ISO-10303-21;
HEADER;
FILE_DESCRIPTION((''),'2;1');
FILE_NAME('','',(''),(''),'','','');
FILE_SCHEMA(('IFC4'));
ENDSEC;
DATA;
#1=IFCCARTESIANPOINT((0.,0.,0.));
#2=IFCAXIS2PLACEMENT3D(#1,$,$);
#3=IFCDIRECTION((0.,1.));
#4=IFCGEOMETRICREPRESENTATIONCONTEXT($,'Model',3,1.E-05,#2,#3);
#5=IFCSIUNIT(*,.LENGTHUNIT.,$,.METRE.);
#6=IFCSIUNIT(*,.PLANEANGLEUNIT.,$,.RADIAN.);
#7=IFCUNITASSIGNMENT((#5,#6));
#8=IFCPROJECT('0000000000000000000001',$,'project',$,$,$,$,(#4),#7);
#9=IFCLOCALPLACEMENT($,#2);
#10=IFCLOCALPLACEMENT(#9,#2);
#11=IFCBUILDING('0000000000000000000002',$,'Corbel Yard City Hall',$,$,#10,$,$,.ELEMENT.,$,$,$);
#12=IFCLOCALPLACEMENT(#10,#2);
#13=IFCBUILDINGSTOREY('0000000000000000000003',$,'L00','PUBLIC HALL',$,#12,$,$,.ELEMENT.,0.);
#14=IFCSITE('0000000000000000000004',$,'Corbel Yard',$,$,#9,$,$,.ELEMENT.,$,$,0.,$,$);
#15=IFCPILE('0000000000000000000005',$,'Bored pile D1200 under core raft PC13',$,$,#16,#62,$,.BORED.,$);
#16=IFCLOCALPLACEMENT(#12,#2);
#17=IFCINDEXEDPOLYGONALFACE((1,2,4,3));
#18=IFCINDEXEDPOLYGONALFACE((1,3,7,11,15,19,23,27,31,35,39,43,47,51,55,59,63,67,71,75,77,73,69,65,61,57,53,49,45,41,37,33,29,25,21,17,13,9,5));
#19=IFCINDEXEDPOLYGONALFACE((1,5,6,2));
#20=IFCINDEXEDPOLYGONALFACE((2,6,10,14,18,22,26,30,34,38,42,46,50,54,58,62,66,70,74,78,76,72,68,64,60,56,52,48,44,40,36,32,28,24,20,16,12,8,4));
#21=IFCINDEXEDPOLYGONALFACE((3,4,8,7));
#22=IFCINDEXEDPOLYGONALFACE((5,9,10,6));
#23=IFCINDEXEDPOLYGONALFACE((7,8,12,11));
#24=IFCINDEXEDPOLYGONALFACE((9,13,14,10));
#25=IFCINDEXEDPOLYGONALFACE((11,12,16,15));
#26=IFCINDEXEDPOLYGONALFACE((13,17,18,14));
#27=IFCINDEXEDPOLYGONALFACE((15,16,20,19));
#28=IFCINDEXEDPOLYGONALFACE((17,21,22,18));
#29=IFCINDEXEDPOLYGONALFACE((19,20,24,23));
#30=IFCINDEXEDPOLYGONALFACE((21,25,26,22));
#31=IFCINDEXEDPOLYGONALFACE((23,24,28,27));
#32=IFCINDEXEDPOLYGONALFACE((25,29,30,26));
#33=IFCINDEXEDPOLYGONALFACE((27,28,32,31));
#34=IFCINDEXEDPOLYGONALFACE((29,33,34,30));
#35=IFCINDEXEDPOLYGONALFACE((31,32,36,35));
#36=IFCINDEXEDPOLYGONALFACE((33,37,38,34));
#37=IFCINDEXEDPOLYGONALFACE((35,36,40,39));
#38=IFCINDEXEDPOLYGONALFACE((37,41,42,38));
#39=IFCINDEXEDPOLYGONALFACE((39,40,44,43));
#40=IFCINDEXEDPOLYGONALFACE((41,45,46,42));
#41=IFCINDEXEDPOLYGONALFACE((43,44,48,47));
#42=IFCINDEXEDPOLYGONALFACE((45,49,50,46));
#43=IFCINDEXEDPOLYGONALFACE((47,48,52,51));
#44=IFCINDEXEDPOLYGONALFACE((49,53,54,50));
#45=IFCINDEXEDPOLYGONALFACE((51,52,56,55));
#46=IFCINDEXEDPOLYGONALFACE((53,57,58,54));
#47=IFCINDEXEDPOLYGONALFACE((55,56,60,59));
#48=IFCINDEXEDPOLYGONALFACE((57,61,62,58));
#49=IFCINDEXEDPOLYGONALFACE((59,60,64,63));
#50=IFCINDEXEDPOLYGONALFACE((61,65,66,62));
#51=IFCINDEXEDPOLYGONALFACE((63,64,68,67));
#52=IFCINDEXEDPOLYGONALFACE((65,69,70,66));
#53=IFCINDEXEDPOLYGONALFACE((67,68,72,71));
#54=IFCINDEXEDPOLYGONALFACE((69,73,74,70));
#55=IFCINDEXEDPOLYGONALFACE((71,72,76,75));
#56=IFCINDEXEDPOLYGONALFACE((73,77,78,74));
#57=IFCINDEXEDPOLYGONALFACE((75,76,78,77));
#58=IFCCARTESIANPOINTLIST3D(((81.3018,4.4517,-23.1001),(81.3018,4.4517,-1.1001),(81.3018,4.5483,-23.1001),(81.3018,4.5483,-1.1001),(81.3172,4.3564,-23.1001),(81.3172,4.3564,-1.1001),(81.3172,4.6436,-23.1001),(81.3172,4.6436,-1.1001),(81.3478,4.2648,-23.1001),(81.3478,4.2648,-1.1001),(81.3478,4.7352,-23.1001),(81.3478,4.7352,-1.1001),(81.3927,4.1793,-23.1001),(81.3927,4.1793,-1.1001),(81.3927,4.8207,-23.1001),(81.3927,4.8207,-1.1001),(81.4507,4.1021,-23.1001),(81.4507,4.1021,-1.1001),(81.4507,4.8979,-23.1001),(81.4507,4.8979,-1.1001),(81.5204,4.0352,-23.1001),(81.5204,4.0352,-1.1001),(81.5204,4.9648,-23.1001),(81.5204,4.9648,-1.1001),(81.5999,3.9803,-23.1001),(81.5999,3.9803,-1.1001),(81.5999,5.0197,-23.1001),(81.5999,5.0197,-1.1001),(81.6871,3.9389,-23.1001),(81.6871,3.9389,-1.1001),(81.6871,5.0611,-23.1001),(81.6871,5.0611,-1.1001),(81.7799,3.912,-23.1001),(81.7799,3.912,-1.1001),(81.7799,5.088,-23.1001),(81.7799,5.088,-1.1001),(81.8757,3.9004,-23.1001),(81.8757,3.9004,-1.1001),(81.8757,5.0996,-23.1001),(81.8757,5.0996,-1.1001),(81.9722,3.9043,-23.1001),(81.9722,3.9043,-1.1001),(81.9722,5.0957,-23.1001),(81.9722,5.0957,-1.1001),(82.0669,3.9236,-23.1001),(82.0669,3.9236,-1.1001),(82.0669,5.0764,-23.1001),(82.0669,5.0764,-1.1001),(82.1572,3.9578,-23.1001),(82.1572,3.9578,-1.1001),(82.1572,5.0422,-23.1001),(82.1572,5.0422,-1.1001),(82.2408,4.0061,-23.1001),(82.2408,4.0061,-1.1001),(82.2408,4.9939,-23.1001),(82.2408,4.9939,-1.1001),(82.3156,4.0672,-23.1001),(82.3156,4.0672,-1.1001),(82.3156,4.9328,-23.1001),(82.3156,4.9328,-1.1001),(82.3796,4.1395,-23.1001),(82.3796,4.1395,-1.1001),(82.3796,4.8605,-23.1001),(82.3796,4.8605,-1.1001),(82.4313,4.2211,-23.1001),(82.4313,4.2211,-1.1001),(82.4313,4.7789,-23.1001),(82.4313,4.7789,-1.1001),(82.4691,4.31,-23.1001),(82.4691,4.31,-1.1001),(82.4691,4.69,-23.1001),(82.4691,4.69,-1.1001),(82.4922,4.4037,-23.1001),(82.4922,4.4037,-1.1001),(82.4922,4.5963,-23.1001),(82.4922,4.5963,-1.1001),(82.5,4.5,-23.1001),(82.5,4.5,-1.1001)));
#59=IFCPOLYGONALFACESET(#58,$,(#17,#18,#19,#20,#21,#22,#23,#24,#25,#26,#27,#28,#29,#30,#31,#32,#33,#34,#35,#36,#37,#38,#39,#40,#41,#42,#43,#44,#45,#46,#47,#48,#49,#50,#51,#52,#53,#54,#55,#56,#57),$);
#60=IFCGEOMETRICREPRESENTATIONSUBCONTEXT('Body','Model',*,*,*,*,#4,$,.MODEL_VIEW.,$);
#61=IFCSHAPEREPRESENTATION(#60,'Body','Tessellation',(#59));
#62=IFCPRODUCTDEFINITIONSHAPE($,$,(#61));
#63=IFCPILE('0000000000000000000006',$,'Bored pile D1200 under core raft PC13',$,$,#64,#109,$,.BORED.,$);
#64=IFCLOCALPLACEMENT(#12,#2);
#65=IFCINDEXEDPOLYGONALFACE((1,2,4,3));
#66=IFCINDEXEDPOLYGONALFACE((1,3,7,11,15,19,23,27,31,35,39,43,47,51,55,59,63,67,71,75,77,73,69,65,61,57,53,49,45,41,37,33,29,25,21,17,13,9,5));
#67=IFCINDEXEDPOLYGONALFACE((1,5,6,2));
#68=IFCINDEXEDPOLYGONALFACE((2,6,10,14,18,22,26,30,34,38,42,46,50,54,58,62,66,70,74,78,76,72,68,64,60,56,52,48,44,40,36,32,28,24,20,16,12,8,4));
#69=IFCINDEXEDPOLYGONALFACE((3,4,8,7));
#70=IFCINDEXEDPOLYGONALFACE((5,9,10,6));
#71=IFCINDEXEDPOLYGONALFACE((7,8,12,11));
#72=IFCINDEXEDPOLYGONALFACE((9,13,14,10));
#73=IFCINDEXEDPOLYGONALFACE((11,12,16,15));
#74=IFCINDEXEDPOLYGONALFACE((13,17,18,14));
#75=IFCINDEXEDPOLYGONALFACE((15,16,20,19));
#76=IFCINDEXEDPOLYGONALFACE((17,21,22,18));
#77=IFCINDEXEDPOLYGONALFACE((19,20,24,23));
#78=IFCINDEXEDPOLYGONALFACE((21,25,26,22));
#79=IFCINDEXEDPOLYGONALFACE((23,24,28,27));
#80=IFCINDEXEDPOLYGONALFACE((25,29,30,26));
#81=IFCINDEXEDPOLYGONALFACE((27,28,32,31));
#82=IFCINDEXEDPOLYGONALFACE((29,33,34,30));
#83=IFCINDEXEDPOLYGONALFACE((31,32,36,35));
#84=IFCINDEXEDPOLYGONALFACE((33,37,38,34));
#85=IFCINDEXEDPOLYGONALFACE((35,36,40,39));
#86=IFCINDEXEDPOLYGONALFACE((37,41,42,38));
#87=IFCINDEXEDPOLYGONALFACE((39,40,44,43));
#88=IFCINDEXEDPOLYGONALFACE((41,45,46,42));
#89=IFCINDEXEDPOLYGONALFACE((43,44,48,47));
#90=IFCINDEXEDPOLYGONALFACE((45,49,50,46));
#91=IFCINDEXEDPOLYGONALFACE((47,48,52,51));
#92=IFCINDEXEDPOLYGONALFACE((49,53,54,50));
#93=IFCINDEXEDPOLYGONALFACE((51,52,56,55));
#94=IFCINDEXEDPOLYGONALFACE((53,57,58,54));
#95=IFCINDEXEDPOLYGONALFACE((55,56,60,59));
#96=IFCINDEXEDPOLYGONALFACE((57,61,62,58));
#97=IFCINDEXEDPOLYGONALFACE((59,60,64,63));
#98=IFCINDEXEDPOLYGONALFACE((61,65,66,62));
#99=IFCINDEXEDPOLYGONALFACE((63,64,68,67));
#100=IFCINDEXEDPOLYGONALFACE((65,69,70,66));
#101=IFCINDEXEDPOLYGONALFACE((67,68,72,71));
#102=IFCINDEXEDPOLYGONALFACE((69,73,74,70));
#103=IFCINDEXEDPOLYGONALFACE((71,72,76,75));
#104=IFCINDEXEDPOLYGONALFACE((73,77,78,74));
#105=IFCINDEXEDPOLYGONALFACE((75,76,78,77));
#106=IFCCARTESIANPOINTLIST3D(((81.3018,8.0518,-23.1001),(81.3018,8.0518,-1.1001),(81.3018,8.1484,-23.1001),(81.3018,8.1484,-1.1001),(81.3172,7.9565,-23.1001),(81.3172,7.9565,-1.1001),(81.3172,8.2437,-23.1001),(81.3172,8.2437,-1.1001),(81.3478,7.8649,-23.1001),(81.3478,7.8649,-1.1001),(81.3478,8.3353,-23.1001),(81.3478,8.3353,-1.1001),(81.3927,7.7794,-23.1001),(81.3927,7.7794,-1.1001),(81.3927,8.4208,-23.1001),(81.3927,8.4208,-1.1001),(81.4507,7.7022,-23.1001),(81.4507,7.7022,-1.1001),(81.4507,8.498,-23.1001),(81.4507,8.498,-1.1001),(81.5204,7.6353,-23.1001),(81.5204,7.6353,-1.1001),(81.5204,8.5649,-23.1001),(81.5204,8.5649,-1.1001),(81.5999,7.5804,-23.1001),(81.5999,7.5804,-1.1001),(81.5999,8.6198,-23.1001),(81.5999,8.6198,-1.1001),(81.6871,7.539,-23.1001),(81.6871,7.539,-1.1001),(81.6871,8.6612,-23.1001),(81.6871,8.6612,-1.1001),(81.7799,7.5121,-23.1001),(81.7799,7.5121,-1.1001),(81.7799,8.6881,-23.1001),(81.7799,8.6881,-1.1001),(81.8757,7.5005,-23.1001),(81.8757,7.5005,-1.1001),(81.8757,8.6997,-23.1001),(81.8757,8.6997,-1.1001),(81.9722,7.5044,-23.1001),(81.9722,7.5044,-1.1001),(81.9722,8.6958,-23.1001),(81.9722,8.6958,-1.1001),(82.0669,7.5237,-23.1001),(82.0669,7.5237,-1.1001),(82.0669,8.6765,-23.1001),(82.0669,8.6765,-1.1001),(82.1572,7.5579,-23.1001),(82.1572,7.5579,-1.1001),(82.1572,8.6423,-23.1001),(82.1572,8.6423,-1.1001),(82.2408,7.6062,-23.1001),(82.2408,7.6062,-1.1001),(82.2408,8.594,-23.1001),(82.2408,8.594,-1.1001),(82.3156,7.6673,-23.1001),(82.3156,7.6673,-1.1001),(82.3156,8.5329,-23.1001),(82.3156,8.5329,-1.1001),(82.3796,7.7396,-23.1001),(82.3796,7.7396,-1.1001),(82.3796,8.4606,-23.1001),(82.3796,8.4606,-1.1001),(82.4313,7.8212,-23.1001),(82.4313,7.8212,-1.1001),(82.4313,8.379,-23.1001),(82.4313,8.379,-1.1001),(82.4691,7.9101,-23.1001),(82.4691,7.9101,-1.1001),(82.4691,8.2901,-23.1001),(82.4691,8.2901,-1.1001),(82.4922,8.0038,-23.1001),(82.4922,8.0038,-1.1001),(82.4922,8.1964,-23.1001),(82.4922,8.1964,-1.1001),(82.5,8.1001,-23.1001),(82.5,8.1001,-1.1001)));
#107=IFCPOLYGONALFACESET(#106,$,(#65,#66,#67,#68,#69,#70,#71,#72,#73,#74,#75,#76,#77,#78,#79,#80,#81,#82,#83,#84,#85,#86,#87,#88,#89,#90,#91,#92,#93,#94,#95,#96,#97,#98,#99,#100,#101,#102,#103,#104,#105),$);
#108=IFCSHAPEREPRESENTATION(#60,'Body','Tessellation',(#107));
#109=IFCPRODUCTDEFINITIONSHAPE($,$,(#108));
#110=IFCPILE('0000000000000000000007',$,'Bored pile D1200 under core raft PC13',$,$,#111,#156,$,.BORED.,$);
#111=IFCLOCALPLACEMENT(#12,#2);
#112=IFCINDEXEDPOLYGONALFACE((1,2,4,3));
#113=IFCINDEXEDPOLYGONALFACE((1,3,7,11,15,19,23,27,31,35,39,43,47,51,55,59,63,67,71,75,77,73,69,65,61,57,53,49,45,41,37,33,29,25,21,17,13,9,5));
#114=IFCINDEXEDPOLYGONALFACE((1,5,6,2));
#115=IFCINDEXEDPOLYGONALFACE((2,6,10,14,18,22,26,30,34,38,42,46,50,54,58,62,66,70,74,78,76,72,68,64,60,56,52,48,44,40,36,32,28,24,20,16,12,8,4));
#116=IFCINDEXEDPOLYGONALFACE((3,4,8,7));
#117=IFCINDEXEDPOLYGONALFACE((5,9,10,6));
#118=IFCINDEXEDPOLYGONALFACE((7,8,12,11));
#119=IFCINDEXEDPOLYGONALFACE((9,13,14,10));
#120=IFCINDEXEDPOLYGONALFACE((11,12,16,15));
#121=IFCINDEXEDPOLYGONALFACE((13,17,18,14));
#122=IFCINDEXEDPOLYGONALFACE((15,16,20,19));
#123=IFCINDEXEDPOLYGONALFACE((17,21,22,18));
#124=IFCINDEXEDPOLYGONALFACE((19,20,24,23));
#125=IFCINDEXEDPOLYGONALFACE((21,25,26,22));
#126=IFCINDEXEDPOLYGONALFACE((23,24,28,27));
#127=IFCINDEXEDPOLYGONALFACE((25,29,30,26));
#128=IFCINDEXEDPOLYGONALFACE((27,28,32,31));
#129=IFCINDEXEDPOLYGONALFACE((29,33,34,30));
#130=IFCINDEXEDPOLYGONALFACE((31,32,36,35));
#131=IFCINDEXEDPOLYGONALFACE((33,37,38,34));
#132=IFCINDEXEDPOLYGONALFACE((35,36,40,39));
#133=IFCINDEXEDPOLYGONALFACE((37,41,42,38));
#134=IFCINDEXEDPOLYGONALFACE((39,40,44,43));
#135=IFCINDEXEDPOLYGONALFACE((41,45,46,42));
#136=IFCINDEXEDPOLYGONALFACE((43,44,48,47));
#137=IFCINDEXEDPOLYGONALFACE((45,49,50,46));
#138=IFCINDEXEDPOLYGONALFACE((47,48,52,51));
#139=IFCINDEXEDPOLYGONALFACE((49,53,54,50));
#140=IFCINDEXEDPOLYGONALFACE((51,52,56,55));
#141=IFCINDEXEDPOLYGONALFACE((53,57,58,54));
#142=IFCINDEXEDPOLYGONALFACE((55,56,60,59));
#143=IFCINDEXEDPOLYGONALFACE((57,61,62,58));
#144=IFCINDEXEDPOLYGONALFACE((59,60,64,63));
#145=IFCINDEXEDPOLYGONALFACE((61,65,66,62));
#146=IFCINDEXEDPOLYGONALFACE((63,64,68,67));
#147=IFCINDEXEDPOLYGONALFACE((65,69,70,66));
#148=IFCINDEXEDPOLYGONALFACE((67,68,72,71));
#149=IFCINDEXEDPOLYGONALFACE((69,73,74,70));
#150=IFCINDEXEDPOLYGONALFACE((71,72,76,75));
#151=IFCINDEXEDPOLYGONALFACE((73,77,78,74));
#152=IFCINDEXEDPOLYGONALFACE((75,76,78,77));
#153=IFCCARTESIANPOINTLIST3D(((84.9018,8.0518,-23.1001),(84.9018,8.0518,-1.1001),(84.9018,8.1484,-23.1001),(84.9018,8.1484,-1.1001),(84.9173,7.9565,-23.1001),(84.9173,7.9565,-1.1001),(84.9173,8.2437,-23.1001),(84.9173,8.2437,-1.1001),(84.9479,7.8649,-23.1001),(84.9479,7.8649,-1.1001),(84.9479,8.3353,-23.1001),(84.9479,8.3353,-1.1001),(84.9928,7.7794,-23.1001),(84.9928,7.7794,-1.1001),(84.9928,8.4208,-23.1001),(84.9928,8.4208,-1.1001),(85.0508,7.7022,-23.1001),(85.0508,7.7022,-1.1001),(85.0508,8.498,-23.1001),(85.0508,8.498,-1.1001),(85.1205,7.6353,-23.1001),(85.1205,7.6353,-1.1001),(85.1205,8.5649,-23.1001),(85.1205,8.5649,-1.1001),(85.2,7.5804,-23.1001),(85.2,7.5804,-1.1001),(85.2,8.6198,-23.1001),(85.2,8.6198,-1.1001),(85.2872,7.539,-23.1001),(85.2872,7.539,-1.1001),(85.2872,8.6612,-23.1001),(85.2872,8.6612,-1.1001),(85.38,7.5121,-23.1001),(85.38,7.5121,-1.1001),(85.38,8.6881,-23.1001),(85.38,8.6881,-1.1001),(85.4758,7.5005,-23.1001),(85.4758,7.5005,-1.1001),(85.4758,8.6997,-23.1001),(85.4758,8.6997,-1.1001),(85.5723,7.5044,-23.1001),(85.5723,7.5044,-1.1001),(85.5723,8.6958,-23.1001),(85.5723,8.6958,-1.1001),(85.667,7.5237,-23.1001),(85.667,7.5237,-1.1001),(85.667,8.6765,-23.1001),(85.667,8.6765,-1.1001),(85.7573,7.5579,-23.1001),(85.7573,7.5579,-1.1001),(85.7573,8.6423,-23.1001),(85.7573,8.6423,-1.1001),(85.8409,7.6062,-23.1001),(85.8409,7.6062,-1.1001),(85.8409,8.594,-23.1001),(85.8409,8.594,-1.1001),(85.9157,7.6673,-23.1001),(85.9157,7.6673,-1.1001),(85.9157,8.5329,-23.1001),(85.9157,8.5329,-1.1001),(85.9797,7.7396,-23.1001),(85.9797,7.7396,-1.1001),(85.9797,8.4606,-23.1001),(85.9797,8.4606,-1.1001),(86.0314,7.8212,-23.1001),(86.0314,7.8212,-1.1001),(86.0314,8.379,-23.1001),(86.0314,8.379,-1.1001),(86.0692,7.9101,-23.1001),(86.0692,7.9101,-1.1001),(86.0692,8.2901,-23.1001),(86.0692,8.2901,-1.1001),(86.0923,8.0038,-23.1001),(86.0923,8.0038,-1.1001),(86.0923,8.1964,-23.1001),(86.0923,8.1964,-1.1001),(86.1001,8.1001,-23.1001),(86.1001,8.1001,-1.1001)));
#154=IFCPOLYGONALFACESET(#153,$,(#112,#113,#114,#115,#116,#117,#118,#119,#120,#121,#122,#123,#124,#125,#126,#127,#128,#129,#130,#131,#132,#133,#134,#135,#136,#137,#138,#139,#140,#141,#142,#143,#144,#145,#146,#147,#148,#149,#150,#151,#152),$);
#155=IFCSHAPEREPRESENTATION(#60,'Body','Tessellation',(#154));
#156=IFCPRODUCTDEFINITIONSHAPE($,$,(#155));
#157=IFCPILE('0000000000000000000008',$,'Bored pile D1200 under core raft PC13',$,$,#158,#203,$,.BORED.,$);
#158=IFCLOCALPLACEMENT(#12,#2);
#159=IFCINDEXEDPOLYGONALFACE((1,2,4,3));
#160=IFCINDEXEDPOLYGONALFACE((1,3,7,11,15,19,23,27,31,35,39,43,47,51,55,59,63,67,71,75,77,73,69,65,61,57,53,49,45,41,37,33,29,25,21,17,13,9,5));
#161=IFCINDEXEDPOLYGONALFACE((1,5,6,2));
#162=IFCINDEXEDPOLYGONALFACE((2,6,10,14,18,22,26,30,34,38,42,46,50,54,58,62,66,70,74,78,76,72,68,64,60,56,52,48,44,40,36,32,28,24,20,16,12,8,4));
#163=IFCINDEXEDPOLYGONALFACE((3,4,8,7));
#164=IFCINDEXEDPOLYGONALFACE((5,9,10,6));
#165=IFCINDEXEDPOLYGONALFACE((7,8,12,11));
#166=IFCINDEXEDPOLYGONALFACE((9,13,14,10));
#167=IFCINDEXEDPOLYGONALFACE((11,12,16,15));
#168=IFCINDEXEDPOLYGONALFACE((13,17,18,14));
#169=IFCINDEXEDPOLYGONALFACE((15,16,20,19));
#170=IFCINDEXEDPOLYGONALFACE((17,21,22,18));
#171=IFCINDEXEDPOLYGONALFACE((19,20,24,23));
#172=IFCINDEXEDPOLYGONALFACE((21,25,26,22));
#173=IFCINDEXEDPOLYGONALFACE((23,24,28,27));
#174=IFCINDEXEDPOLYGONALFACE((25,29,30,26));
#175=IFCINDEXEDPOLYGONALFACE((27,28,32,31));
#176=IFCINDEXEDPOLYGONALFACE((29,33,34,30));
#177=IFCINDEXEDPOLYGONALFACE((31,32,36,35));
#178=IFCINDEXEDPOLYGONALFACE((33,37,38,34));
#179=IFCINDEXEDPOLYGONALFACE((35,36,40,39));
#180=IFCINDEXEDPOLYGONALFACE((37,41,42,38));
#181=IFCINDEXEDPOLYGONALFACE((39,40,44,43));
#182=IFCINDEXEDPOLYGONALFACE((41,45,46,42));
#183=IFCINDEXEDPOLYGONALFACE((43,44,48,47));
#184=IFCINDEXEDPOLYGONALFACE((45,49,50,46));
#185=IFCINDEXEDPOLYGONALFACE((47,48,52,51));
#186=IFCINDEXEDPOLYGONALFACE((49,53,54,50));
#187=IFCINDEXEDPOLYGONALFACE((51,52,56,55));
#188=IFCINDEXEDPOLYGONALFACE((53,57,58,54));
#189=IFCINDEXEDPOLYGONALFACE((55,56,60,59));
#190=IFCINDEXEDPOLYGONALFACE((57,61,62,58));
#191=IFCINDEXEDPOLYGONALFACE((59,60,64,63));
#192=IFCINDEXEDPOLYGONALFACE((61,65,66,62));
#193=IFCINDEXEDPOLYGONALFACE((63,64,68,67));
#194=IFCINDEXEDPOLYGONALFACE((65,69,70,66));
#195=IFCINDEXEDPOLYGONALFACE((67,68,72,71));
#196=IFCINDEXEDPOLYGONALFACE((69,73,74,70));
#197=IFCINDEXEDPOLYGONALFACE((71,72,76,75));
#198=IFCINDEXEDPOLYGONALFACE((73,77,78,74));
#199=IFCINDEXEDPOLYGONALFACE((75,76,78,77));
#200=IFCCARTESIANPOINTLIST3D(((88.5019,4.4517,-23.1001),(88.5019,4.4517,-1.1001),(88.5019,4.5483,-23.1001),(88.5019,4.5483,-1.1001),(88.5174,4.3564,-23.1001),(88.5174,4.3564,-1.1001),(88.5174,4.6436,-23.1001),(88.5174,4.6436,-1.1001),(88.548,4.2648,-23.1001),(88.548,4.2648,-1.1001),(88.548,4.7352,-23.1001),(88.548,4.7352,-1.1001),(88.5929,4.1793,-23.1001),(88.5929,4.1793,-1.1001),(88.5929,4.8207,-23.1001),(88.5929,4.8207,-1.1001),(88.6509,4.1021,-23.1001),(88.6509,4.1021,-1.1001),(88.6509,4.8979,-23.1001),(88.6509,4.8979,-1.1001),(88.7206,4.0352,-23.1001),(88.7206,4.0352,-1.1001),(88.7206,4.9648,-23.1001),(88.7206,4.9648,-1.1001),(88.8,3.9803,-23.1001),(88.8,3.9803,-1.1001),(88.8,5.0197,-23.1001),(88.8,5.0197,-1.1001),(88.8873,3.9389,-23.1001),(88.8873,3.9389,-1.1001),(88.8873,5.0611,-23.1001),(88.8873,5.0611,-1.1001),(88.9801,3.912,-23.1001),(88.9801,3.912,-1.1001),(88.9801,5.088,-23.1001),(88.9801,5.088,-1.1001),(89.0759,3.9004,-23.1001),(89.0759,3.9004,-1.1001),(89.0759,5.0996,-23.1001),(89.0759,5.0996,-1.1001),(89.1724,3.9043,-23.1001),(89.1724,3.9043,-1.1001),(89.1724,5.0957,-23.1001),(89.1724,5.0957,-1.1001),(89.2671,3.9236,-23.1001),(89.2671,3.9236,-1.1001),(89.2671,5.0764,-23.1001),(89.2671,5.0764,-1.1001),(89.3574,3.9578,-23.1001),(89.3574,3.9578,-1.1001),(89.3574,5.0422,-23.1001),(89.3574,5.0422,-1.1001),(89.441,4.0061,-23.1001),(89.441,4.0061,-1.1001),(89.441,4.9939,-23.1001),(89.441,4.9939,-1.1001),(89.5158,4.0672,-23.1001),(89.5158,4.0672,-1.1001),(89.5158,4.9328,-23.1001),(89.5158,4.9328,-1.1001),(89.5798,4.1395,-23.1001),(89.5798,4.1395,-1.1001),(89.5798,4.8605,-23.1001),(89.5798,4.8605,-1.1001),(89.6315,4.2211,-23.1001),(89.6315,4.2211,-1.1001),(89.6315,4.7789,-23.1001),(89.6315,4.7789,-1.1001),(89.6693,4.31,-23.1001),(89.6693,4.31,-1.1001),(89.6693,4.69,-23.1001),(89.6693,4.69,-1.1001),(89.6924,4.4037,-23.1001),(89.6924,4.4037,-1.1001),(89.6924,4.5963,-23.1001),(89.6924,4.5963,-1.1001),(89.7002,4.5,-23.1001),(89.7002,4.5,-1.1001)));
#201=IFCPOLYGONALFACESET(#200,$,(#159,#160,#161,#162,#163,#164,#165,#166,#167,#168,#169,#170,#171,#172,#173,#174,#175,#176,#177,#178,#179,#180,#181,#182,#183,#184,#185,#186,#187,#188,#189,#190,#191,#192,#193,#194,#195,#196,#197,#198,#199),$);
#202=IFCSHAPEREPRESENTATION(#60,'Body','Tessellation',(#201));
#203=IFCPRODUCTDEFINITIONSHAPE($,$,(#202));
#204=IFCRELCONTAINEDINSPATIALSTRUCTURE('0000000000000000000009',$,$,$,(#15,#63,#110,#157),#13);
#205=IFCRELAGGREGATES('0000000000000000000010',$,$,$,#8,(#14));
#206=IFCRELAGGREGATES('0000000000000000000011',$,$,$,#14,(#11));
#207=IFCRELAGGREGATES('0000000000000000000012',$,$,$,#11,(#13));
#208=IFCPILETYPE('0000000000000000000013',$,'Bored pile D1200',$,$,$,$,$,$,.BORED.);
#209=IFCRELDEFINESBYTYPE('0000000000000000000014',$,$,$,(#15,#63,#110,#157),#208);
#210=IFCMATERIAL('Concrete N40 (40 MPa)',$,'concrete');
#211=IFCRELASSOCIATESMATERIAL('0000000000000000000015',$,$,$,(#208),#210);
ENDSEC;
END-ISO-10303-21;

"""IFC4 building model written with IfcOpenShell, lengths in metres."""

from ifc_helpers import new_model, si_unit, direction, frame, origin, origin_2d, place, context, subcontext, project, spatial, circle, extrude, material, material_profile, profile_set, type_object, element, save


model = new_model("IFC4")

# Units and contexts
model_context = context("Model", 3, precision=1e-05, world=origin(), true_north=direction((0.0, 1.0)))
body_context = subcontext(model_context, "Body", "Model", "MODEL_VIEW")
ifc_project = project(units=[si_unit("LENGTHUNIT", "METRE"), si_unit("PLANEANGLEUNIT", "RADIAN")], contexts=[model_context])

# Site, building, storey
site_placement = place(None, origin())
site = spatial("IfcSite", under=ifc_project, at=site_placement, Name="Corbel Yard", CompositionType="ELEMENT", RefElevation=0.0)
building_placement = place(site_placement, origin())
building = spatial("IfcBuilding", under=site, at=building_placement, Name="Corbel Yard City Hall", CompositionType="ELEMENT")
storey_placement = place(building_placement, origin())
storey = spatial("IfcBuildingStorey", under=building, at=storey_placement, Name="L00", Description="PUBLIC HALL", CompositionType="ELEMENT", Elevation=0.0)

# Piles
ifc_material_1 = material(Name="Concrete N40 (40 MPa)", Category="concrete")
ifc_material_profile_1 = material_profile(ifc_material_1, circle(Radius=0.6001, at=origin_2d()), Name="D1200")
ifc_profile_set_1 = profile_set([ifc_material_profile_1], Name="Concrete N40 (40 MPa)")
pile_type_1 = type_object("IfcPileType", Name="Bored pile D1200", PredefinedType="BORED", material=ifc_profile_set_1)
for number, where, z_axis, x_axis, name in (
    (1, (81.8999, 4.5, -1.1001), (0.0, 0.0, -1.0), (1.0, 0.0, 0.0), "Bored pile D1200 under core raft PC13"),
    (2, (81.8999, 8.1001, -1.1001), (0.0, 0.0, -1.0), (1.0, 0.0, 0.0), "Bored pile D1200 under core raft PC13"),
    (3, (85.5, 8.1001, -1.1001), (0.0, 0.0, -1.0), (1.0, 0.0, 0.0), "Bored pile D1200 under core raft PC13"),
    (4, (89.1001, 4.5, -1.1001), (0.0, 0.0, -1.0), (1.0, 0.0, 0.0), "Bored pile D1200 under core raft PC13"),
):
    element("IfcPile", number, at=place(storey_placement, frame(where, z_axis=z_axis, x_axis=x_axis)), inside=storey, type_object=pile_type_1, Name=name, PredefinedType="BORED", context=body_context, shape_type="SweptSolid", body=[
        extrude(circle(Radius=0.6001, at=origin_2d()), origin(), (0.0, 0.0, 1.0), 22.0),
    ])

save(model, "model.ifc")
